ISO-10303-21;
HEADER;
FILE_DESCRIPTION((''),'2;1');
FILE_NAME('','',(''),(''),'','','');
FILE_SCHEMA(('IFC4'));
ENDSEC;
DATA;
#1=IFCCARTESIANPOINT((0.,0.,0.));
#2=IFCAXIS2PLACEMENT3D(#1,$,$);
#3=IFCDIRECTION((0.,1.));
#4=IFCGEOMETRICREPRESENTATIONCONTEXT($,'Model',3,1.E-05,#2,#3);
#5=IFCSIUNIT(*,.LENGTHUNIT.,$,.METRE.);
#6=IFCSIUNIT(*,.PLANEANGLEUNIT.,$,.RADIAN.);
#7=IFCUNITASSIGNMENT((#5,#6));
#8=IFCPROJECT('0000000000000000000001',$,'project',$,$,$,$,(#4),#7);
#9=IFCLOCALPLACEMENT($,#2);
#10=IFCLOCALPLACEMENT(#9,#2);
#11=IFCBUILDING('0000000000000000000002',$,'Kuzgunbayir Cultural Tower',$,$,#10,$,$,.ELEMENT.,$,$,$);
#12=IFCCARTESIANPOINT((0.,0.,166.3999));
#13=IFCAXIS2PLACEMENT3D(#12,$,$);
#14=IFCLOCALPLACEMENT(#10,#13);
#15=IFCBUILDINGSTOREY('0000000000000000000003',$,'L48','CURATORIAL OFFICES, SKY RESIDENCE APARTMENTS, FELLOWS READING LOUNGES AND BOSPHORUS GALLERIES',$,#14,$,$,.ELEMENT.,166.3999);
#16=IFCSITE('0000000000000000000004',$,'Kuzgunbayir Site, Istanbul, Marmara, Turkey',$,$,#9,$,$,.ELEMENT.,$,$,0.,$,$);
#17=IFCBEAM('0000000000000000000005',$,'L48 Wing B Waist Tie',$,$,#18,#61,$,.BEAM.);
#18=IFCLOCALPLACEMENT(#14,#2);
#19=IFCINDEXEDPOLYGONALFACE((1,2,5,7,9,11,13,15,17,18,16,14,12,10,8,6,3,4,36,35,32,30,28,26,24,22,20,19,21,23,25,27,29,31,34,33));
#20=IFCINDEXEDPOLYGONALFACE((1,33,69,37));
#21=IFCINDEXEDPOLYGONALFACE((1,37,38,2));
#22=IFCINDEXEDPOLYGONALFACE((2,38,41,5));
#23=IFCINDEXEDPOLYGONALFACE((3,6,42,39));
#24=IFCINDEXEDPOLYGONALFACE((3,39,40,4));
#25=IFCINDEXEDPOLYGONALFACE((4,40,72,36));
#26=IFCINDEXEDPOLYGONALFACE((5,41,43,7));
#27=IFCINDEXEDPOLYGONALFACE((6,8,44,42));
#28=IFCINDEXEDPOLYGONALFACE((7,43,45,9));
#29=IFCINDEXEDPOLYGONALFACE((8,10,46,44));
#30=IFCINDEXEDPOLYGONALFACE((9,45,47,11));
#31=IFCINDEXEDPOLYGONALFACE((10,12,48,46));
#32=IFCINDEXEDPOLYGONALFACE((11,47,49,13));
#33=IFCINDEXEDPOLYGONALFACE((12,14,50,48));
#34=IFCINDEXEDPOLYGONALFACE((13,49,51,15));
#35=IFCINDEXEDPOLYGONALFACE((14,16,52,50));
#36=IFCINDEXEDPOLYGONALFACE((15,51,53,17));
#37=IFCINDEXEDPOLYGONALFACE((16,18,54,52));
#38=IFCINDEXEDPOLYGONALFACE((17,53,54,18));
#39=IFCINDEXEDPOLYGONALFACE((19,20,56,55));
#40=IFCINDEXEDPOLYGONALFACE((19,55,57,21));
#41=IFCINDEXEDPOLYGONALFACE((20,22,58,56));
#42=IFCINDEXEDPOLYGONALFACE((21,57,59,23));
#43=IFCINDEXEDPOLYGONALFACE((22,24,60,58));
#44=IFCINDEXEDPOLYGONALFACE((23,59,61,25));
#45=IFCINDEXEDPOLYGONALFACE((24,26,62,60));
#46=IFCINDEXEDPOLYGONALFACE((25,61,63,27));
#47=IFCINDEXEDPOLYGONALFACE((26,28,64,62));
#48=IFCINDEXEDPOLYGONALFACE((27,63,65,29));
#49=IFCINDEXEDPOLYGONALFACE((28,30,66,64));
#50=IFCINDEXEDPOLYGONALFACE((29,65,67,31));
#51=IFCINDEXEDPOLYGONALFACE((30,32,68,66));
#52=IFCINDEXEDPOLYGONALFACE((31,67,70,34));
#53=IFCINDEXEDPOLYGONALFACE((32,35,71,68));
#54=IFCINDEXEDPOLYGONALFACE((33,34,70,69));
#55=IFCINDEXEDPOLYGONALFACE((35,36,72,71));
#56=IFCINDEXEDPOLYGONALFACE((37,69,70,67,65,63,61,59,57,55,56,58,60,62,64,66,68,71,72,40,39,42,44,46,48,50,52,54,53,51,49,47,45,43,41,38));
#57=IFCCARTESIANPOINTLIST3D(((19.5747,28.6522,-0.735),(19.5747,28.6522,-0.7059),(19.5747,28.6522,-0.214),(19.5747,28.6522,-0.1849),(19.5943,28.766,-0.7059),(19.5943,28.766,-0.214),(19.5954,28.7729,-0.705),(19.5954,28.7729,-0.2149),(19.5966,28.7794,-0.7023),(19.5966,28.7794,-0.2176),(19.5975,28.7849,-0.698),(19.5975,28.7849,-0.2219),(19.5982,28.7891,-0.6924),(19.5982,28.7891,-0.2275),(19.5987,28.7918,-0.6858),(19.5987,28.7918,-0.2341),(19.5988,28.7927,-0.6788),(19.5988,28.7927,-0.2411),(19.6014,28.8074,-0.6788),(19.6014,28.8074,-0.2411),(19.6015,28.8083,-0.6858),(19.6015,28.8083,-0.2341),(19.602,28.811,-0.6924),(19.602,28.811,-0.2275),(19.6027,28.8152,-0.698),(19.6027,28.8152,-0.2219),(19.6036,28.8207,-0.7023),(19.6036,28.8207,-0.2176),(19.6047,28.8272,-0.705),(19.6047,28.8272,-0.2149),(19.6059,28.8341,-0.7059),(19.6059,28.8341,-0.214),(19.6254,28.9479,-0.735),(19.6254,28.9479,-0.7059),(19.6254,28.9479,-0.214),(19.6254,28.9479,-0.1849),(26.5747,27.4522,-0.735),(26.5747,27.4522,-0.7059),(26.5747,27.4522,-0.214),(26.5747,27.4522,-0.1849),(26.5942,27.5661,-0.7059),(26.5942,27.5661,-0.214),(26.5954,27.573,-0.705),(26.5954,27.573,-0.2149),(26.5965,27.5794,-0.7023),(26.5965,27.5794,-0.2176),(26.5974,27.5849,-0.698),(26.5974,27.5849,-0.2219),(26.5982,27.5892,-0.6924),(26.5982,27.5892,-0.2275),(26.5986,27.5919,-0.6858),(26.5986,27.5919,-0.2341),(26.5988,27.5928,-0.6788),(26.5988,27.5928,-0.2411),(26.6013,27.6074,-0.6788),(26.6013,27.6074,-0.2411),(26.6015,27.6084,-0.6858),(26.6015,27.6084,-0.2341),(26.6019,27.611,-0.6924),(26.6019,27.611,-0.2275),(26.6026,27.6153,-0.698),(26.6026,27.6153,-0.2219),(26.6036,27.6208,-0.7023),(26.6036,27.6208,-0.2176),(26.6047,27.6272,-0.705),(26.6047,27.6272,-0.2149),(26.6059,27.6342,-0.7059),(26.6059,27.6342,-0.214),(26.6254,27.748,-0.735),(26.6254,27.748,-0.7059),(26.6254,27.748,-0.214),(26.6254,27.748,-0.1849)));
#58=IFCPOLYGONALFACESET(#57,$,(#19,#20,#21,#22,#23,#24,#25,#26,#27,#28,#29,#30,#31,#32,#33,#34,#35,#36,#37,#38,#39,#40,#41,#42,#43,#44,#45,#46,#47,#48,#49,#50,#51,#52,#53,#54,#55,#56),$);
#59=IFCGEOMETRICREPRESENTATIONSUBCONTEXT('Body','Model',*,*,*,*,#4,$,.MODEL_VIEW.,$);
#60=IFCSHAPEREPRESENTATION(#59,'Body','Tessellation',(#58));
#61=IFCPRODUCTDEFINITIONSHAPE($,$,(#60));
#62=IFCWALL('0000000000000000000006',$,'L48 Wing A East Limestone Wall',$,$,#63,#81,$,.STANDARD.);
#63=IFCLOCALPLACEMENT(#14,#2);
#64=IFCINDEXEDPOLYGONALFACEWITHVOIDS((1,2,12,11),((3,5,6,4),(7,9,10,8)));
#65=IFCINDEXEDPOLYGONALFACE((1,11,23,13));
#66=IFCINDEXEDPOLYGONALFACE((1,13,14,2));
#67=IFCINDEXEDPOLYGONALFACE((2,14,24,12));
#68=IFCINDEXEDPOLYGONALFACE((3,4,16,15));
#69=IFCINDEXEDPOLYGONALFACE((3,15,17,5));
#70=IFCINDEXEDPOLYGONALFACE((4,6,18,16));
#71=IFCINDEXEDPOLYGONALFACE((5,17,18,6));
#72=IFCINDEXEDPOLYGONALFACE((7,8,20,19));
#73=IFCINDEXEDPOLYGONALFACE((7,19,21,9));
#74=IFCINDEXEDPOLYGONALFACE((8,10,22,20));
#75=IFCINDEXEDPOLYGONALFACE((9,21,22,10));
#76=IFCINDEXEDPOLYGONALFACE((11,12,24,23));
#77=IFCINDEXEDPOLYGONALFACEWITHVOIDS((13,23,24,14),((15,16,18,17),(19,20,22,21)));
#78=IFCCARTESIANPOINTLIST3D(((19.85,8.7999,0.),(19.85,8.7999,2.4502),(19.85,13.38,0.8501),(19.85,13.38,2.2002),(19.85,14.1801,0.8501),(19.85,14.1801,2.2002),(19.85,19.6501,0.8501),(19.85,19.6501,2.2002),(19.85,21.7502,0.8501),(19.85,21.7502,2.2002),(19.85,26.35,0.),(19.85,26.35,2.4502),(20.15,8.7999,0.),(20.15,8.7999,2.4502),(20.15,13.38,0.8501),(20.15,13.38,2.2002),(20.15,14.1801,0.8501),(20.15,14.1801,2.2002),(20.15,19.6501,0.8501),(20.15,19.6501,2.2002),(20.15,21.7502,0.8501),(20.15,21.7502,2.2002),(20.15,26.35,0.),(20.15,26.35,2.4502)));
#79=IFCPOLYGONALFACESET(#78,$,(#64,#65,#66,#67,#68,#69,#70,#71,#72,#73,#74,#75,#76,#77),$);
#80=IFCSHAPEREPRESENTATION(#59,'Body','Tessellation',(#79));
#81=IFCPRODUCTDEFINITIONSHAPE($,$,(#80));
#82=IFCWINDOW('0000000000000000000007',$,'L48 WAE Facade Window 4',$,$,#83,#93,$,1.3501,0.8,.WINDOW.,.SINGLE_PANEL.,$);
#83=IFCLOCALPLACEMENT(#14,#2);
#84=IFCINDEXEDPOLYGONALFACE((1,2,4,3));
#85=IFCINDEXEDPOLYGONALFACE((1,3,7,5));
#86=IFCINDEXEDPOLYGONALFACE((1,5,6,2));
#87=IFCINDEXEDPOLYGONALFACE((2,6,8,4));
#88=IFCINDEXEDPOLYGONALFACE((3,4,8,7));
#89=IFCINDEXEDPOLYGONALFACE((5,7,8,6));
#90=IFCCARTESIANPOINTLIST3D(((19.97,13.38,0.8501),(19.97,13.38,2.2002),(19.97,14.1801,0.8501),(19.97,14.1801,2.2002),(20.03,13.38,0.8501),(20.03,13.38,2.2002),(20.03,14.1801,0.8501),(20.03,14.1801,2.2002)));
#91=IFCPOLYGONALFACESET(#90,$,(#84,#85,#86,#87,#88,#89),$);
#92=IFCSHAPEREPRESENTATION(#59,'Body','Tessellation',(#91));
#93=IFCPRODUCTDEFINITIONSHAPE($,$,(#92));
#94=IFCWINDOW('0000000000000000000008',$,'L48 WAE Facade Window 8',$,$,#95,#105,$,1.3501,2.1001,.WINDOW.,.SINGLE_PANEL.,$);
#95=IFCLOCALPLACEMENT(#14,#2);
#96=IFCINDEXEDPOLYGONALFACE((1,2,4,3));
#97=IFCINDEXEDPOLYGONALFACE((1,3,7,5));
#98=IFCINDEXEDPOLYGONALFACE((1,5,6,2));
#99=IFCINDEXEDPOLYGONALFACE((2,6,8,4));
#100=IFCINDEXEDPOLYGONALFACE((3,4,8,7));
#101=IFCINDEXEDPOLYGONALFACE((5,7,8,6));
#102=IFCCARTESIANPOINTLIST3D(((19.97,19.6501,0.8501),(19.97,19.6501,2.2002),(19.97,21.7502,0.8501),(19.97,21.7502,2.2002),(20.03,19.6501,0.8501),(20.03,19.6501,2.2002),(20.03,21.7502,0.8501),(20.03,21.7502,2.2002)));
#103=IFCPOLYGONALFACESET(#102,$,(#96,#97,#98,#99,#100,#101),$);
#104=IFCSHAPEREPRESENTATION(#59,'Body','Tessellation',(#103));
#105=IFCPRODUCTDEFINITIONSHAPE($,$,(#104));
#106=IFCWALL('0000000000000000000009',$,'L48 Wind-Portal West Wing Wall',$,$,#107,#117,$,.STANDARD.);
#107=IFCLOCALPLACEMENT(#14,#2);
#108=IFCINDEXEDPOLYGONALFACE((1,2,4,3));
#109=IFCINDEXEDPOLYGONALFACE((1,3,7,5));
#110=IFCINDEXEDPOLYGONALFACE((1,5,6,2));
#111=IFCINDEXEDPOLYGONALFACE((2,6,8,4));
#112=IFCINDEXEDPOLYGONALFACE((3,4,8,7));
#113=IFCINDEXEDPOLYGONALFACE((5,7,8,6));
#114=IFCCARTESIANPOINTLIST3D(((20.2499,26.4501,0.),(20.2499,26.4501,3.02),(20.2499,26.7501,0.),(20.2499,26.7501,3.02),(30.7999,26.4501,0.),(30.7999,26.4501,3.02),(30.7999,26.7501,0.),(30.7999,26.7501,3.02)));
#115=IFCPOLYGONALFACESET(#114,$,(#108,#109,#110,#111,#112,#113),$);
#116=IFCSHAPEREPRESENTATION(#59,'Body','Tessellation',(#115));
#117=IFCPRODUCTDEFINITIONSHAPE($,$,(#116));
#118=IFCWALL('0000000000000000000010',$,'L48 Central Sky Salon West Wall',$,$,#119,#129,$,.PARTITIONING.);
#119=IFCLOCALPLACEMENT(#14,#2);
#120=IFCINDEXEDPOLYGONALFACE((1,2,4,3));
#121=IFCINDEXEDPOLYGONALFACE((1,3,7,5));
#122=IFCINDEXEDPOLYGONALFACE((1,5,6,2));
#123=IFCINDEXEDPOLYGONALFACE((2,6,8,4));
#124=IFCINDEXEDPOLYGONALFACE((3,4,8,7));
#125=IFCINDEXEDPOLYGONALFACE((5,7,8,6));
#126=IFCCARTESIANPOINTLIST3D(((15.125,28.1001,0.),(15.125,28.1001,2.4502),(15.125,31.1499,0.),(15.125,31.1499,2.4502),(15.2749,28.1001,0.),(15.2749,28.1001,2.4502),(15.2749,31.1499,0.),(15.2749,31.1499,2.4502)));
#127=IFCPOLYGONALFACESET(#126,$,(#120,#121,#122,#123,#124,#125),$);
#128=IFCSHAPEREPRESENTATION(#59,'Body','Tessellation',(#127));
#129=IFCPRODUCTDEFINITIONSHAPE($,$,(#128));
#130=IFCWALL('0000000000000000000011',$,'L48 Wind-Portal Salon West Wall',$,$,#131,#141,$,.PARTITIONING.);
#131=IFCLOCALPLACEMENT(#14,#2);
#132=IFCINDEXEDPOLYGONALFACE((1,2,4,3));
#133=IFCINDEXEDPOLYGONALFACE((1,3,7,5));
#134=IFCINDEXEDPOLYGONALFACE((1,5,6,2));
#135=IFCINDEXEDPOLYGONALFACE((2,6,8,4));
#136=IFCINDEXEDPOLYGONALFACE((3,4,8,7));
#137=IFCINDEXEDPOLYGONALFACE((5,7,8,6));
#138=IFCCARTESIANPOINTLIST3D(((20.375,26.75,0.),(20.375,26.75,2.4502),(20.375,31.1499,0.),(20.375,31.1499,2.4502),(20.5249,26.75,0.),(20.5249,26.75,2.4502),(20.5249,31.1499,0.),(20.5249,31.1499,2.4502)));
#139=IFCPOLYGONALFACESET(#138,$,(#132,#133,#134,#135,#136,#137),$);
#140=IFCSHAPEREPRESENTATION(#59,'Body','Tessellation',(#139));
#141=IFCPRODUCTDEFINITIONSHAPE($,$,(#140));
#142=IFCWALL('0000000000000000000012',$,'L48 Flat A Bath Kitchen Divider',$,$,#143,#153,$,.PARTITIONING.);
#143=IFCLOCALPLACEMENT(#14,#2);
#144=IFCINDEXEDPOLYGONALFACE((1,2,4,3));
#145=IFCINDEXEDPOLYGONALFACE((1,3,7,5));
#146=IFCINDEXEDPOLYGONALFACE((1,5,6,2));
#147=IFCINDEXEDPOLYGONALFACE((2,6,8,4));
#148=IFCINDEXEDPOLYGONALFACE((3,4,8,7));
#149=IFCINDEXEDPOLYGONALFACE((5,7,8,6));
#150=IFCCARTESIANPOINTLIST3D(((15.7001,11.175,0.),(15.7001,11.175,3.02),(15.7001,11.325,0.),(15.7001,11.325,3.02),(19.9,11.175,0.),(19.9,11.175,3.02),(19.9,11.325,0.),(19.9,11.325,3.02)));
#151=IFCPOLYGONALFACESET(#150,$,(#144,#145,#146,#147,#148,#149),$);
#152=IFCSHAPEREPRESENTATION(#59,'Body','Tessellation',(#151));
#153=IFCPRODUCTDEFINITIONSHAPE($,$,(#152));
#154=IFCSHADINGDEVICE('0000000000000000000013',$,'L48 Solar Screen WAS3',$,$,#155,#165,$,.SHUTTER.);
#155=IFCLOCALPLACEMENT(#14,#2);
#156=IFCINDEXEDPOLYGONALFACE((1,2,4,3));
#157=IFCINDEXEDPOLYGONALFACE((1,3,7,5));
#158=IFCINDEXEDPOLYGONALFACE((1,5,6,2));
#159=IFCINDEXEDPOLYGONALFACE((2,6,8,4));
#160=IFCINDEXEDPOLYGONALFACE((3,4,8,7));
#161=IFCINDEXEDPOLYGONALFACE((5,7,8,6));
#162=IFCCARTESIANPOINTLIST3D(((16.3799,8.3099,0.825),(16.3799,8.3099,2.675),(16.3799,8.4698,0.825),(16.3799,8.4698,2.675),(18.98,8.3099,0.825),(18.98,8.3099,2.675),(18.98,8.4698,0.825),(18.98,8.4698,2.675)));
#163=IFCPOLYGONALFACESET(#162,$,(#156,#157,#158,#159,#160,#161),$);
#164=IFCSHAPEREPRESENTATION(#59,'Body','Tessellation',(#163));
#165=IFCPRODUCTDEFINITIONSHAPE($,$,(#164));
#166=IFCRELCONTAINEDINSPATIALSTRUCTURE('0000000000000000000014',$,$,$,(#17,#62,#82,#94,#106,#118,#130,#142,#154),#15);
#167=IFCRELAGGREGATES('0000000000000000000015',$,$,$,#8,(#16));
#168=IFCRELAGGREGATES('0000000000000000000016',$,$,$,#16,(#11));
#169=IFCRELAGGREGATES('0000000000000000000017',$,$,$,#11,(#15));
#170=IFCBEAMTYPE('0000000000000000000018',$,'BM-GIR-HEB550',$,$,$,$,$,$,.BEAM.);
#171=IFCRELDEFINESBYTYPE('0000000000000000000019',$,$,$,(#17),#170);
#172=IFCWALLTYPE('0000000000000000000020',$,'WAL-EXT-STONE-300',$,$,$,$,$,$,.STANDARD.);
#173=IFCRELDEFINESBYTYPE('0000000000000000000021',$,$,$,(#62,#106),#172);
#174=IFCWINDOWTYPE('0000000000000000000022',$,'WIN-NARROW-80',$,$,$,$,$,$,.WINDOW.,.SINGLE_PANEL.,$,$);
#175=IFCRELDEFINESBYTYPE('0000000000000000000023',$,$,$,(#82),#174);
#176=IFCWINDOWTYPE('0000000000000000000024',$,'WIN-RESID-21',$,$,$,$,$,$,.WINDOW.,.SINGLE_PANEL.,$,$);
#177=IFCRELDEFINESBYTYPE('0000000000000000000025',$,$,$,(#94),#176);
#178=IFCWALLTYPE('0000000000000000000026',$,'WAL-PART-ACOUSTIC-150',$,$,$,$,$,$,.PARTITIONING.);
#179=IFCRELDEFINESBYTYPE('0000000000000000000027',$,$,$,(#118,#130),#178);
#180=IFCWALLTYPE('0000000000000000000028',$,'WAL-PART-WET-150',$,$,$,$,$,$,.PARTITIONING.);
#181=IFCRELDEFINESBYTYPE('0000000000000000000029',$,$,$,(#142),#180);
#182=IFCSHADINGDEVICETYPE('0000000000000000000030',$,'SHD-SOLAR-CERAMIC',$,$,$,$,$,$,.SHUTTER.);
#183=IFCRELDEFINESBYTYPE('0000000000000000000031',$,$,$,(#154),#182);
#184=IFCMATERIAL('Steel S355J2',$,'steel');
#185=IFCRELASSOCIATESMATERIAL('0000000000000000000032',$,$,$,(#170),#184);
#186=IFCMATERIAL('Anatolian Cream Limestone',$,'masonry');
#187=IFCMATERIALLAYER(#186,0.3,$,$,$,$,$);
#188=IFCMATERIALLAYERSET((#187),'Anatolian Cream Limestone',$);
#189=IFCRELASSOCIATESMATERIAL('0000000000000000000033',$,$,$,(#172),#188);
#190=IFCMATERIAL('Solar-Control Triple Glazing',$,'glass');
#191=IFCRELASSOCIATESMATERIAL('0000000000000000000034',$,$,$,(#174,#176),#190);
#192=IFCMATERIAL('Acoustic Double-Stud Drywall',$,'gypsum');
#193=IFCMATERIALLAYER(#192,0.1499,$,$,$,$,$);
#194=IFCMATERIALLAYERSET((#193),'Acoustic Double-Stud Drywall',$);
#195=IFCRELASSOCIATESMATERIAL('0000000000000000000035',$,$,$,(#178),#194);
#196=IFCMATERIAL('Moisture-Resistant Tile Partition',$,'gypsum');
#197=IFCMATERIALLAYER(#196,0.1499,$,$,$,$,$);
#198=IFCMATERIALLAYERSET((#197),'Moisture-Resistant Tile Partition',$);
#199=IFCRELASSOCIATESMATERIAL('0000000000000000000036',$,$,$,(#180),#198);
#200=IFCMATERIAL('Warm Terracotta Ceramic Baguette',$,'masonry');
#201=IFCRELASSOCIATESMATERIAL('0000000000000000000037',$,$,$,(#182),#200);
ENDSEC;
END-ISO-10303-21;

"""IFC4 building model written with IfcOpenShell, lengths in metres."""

from ifc_helpers import new_model, si_unit, direction, frame, frame_2d, origin, origin_2d, place, context, subcontext, project, spatial, rectangle, i_section, extrude, material, layer, layer_set, material_profile, profile_set, type_object, element, fill, save


model = new_model("IFC4")

# Units and contexts
model_context = context("Model", 3, precision=1e-05, world=origin(), true_north=direction((0.0, 1.0)))
body_context = subcontext(model_context, "Body", "Model", "MODEL_VIEW")
ifc_project = project(units=[si_unit("LENGTHUNIT", "METRE"), si_unit("PLANEANGLEUNIT", "RADIAN")], contexts=[model_context])

# Site, building, storey
site_placement = place(None, origin())
site = spatial("IfcSite", under=ifc_project, at=site_placement, Name="Kuzgunbayir Site, Istanbul, Marmara, Turkey", CompositionType="ELEMENT", RefElevation=0.0)
building_placement = place(site_placement, origin())
building = spatial("IfcBuilding", under=site, at=building_placement, Name="Kuzgunbayir Cultural Tower", CompositionType="ELEMENT")
storey_placement = place(building_placement, frame((0.0, 0.0, 166.3999)))
storey = spatial("IfcBuildingStorey", under=building, at=storey_placement, Name="L48", Description="CURATORIAL OFFICES, SKY RESIDENCE APARTMENTS, FELLOWS READING LOUNGES AND BOSPHORUS GALLERIES", CompositionType="ELEMENT", Elevation=166.3999)

# Beam
ifc_material_1 = material(Name="Steel S355J2", Category="steel")
ifc_material_profile_1 = material_profile(ifc_material_1, i_section(OverallWidth=0.3, OverallDepth=0.55, WebThickness=0.0149, FlangeThickness=0.0291, FilletRadius=0.0271, at=origin_2d()), Name="HEB 550")
ifc_profile_set_1 = profile_set([ifc_material_profile_1], Name="Steel S355J2")
beam_type_1 = type_object("IfcBeamType", Name="BM-GIR-HEB550", PredefinedType="BEAM", material=ifc_profile_set_1)
beam_1_placement = place(storey_placement, frame((19.6001, 28.8, -0.46), z_axis=(0.985623, -0.168957, 0.0), x_axis=(0.168957, 0.985623, 0.0)))
element("IfcBeam", 1, at=beam_1_placement, inside=storey, type_object=beam_type_1, Name="L48 Wing B Waist Tie", PredefinedType="BEAM", context=body_context, shape_type="SweptSolid", body=[
    extrude(i_section(OverallWidth=0.3, OverallDepth=0.55, WebThickness=0.0149, FlangeThickness=0.0291, FilletRadius=0.0271, at=origin_2d()), origin(), (0.0, 0.0, 1.0), 7.1021),
])

# Wall, openings, windows
ifc_material_2 = material(Name="Anatolian Cream Limestone", Category="masonry")
ifc_layer_1 = layer(ifc_material_2, 0.3)
ifc_layer_set_1 = layer_set([ifc_layer_1], Name="Anatolian Cream Limestone")
wall_type_1 = type_object("IfcWallType", Name="WAL-EXT-STONE-300", PredefinedType="STANDARD", material=ifc_layer_set_1)
wall_1_placement = place(storey_placement, frame((20.0, 8.8, 0.0), z_axis=(0.0, 0.0, 1.0), x_axis=(0.0, 1.0, 0.0)))
wall_1 = element("IfcWall", 2, at=wall_1_placement, inside=storey, type_object=wall_type_1, Name="L48 Wing A East Limestone Wall", PredefinedType="STANDARD", context=body_context, shape_type="SweptSolid", body=[
    extrude(rectangle(XDim=17.55, YDim=0.3, at=frame_2d((8.7749, 0.0))), origin(), (0.0, 0.0, 1.0), 2.4502),
])
opening_1_placement = place(wall_1_placement, frame((4.5801, 0.0, 0.8501)))
opening_1 = element("IfcOpeningElement", 3, at=opening_1_placement, cuts=wall_1, PredefinedType="OPENING", context=body_context, shape_type="SweptSolid", body=[
    extrude(rectangle(XDim=0.8, YDim=1.3501, at=frame_2d((0.3999, 0.675))), frame((0.0, 0.1602, 0.0), z_axis=(0.0, -1.0, 0.0), x_axis=(1.0, 0.0, 0.0)), (0.0, 0.0, 1.0), 0.3201),
])
opening_2_placement = place(wall_1_placement, frame((10.8501, 0.0, 0.8501)))
opening_2 = element("IfcOpeningElement", 4, at=opening_2_placement, cuts=wall_1, PredefinedType="OPENING", context=body_context, shape_type="SweptSolid", body=[
    extrude(rectangle(XDim=2.1001, YDim=1.3501, at=frame_2d((1.05, 0.675))), frame((0.0, 0.1602, 0.0), z_axis=(0.0, -1.0, 0.0), x_axis=(1.0, 0.0, 0.0)), (0.0, 0.0, 1.0), 0.3201),
])
ifc_material_3 = material(Name="Solar-Control Triple Glazing", Category="glass")
window_type_1 = type_object("IfcWindowType", Name="WIN-NARROW-80", PartitioningType="SINGLE_PANEL", PredefinedType="WINDOW", material=ifc_material_3)
window_1_placement = place(opening_1_placement, origin())
window_1 = element("IfcWindow", 5, at=window_1_placement, inside=storey, type_object=window_type_1, Name="L48 WAE Facade Window 4", OverallHeight=1.3501, OverallWidth=0.8, PartitioningType="SINGLE_PANEL", PredefinedType="WINDOW", context=body_context, shape_type="SweptSolid", body=[
    extrude(rectangle(XDim=0.8, YDim=1.3501, at=frame_2d((0.3999, 0.675))), frame((0.0, 0.03, 0.0), z_axis=(0.0, -1.0, 0.0), x_axis=(1.0, 0.0, 0.0)), (0.0, 0.0, 1.0), 0.0601),
])
fill(opening_1, window_1)
window_type_2 = type_object("IfcWindowType", Name="WIN-RESID-21", PartitioningType="SINGLE_PANEL", PredefinedType="WINDOW", material=ifc_material_3)
window_2_placement = place(opening_2_placement, origin())
window_2 = element("IfcWindow", 6, at=window_2_placement, inside=storey, type_object=window_type_2, Name="L48 WAE Facade Window 8", OverallHeight=1.3501, OverallWidth=2.1001, PartitioningType="SINGLE_PANEL", PredefinedType="WINDOW", context=body_context, shape_type="SweptSolid", body=[
    extrude(rectangle(XDim=2.1001, YDim=1.3501, at=frame_2d((1.05, 0.675))), frame((0.0, 0.03, 0.0), z_axis=(0.0, -1.0, 0.0), x_axis=(1.0, 0.0, 0.0)), (0.0, 0.0, 1.0), 0.0601),
])
fill(opening_2, window_2)

# Wall
wall_2_placement = place(storey_placement, frame((20.25, 26.6001, 0.0), z_axis=(0.0, 0.0, 1.0), x_axis=(1.0, 0.0, 0.0)))
element("IfcWall", 7, at=wall_2_placement, inside=storey, type_object=wall_type_1, Name="L48 Wind-Portal West Wing Wall", PredefinedType="STANDARD", context=body_context, shape_type="SweptSolid", body=[
    extrude(rectangle(XDim=10.55, YDim=0.3, at=frame_2d((5.2749, 0.0))), origin(), (0.0, 0.0, 1.0), 3.02),
])

# Shared definitions
ifc_material_4 = material(Name="Acoustic Double-Stud Drywall", Category="gypsum")
ifc_layer_2 = layer(ifc_material_4, 0.1499)
ifc_layer_set_2 = layer_set([ifc_layer_2], Name="Acoustic Double-Stud Drywall")
wall_type_2 = type_object("IfcWallType", Name="WAL-PART-ACOUSTIC-150", PredefinedType="PARTITIONING", material=ifc_layer_set_2)

# Walls
wall_3_placement = place(storey_placement, frame((15.2, 28.1001, 0.0), z_axis=(0.0, 0.0, 1.0), x_axis=(0.0, 1.0, 0.0)))
element("IfcWall", 8, at=wall_3_placement, inside=storey, type_object=wall_type_2, Name="L48 Central Sky Salon West Wall", PredefinedType="PARTITIONING", context=body_context, shape_type="SweptSolid", body=[
    extrude(rectangle(XDim=3.0498, YDim=0.1499, at=frame_2d((1.5249, 0.0))), origin(), (0.0, 0.0, 1.0), 2.4502),
])
wall_4_placement = place(storey_placement, frame((20.45, 26.75, 0.0), z_axis=(0.0, 0.0, 1.0), x_axis=(0.0, 1.0, 0.0)))
element("IfcWall", 9, at=wall_4_placement, inside=storey, type_object=wall_type_2, Name="L48 Wind-Portal Salon West Wall", PredefinedType="PARTITIONING", context=body_context, shape_type="SweptSolid", body=[
    extrude(rectangle(XDim=4.3999, YDim=0.1499, at=frame_2d((2.2, 0.0))), origin(), (0.0, 0.0, 1.0), 2.4502),
])

# Shared definitions
ifc_material_5 = material(Name="Moisture-Resistant Tile Partition", Category="gypsum")
ifc_layer_3 = layer(ifc_material_5, 0.1499)
ifc_layer_set_3 = layer_set([ifc_layer_3], Name="Moisture-Resistant Tile Partition")
wall_type_3 = type_object("IfcWallType", Name="WAL-PART-WET-150", PredefinedType="PARTITIONING", material=ifc_layer_set_3)

# Wall
wall_5_placement = place(storey_placement, frame((15.7, 11.25, 0.0), z_axis=(0.0, 0.0, 1.0), x_axis=(1.0, 0.0, 0.0)))
element("IfcWall", 10, at=wall_5_placement, inside=storey, type_object=wall_type_3, Name="L48 Flat A Bath Kitchen Divider", PredefinedType="PARTITIONING", context=body_context, shape_type="SweptSolid", body=[
    extrude(rectangle(XDim=4.2, YDim=0.1499, at=frame_2d((2.1001, 0.0))), origin(), (0.0, 0.0, 1.0), 3.02),
])

# Shading device
ifc_material_6 = material(Name="Warm Terracotta Ceramic Baguette", Category="masonry")
shading_device_type = type_object("IfcShadingDeviceType", Name="SHD-SOLAR-CERAMIC", PredefinedType="SHUTTER", material=ifc_material_6)
shading_device_placement = place(storey_placement, frame((17.6799, 8.3899, 0.825), z_axis=(0.0, 0.0, 1.0), x_axis=(1.0, 0.0, 0.0)))
element("IfcShadingDevice", 11, at=shading_device_placement, inside=storey, type_object=shading_device_type, Name="L48 Solar Screen WAS3", PredefinedType="SHUTTER", context=body_context, shape_type="SweptSolid", body=[
    extrude(rectangle(XDim=2.6001, YDim=0.1599, at=origin_2d()), origin(), (0.0, 0.0, 1.0), 1.8501),
])

save(model, "model.ifc")
